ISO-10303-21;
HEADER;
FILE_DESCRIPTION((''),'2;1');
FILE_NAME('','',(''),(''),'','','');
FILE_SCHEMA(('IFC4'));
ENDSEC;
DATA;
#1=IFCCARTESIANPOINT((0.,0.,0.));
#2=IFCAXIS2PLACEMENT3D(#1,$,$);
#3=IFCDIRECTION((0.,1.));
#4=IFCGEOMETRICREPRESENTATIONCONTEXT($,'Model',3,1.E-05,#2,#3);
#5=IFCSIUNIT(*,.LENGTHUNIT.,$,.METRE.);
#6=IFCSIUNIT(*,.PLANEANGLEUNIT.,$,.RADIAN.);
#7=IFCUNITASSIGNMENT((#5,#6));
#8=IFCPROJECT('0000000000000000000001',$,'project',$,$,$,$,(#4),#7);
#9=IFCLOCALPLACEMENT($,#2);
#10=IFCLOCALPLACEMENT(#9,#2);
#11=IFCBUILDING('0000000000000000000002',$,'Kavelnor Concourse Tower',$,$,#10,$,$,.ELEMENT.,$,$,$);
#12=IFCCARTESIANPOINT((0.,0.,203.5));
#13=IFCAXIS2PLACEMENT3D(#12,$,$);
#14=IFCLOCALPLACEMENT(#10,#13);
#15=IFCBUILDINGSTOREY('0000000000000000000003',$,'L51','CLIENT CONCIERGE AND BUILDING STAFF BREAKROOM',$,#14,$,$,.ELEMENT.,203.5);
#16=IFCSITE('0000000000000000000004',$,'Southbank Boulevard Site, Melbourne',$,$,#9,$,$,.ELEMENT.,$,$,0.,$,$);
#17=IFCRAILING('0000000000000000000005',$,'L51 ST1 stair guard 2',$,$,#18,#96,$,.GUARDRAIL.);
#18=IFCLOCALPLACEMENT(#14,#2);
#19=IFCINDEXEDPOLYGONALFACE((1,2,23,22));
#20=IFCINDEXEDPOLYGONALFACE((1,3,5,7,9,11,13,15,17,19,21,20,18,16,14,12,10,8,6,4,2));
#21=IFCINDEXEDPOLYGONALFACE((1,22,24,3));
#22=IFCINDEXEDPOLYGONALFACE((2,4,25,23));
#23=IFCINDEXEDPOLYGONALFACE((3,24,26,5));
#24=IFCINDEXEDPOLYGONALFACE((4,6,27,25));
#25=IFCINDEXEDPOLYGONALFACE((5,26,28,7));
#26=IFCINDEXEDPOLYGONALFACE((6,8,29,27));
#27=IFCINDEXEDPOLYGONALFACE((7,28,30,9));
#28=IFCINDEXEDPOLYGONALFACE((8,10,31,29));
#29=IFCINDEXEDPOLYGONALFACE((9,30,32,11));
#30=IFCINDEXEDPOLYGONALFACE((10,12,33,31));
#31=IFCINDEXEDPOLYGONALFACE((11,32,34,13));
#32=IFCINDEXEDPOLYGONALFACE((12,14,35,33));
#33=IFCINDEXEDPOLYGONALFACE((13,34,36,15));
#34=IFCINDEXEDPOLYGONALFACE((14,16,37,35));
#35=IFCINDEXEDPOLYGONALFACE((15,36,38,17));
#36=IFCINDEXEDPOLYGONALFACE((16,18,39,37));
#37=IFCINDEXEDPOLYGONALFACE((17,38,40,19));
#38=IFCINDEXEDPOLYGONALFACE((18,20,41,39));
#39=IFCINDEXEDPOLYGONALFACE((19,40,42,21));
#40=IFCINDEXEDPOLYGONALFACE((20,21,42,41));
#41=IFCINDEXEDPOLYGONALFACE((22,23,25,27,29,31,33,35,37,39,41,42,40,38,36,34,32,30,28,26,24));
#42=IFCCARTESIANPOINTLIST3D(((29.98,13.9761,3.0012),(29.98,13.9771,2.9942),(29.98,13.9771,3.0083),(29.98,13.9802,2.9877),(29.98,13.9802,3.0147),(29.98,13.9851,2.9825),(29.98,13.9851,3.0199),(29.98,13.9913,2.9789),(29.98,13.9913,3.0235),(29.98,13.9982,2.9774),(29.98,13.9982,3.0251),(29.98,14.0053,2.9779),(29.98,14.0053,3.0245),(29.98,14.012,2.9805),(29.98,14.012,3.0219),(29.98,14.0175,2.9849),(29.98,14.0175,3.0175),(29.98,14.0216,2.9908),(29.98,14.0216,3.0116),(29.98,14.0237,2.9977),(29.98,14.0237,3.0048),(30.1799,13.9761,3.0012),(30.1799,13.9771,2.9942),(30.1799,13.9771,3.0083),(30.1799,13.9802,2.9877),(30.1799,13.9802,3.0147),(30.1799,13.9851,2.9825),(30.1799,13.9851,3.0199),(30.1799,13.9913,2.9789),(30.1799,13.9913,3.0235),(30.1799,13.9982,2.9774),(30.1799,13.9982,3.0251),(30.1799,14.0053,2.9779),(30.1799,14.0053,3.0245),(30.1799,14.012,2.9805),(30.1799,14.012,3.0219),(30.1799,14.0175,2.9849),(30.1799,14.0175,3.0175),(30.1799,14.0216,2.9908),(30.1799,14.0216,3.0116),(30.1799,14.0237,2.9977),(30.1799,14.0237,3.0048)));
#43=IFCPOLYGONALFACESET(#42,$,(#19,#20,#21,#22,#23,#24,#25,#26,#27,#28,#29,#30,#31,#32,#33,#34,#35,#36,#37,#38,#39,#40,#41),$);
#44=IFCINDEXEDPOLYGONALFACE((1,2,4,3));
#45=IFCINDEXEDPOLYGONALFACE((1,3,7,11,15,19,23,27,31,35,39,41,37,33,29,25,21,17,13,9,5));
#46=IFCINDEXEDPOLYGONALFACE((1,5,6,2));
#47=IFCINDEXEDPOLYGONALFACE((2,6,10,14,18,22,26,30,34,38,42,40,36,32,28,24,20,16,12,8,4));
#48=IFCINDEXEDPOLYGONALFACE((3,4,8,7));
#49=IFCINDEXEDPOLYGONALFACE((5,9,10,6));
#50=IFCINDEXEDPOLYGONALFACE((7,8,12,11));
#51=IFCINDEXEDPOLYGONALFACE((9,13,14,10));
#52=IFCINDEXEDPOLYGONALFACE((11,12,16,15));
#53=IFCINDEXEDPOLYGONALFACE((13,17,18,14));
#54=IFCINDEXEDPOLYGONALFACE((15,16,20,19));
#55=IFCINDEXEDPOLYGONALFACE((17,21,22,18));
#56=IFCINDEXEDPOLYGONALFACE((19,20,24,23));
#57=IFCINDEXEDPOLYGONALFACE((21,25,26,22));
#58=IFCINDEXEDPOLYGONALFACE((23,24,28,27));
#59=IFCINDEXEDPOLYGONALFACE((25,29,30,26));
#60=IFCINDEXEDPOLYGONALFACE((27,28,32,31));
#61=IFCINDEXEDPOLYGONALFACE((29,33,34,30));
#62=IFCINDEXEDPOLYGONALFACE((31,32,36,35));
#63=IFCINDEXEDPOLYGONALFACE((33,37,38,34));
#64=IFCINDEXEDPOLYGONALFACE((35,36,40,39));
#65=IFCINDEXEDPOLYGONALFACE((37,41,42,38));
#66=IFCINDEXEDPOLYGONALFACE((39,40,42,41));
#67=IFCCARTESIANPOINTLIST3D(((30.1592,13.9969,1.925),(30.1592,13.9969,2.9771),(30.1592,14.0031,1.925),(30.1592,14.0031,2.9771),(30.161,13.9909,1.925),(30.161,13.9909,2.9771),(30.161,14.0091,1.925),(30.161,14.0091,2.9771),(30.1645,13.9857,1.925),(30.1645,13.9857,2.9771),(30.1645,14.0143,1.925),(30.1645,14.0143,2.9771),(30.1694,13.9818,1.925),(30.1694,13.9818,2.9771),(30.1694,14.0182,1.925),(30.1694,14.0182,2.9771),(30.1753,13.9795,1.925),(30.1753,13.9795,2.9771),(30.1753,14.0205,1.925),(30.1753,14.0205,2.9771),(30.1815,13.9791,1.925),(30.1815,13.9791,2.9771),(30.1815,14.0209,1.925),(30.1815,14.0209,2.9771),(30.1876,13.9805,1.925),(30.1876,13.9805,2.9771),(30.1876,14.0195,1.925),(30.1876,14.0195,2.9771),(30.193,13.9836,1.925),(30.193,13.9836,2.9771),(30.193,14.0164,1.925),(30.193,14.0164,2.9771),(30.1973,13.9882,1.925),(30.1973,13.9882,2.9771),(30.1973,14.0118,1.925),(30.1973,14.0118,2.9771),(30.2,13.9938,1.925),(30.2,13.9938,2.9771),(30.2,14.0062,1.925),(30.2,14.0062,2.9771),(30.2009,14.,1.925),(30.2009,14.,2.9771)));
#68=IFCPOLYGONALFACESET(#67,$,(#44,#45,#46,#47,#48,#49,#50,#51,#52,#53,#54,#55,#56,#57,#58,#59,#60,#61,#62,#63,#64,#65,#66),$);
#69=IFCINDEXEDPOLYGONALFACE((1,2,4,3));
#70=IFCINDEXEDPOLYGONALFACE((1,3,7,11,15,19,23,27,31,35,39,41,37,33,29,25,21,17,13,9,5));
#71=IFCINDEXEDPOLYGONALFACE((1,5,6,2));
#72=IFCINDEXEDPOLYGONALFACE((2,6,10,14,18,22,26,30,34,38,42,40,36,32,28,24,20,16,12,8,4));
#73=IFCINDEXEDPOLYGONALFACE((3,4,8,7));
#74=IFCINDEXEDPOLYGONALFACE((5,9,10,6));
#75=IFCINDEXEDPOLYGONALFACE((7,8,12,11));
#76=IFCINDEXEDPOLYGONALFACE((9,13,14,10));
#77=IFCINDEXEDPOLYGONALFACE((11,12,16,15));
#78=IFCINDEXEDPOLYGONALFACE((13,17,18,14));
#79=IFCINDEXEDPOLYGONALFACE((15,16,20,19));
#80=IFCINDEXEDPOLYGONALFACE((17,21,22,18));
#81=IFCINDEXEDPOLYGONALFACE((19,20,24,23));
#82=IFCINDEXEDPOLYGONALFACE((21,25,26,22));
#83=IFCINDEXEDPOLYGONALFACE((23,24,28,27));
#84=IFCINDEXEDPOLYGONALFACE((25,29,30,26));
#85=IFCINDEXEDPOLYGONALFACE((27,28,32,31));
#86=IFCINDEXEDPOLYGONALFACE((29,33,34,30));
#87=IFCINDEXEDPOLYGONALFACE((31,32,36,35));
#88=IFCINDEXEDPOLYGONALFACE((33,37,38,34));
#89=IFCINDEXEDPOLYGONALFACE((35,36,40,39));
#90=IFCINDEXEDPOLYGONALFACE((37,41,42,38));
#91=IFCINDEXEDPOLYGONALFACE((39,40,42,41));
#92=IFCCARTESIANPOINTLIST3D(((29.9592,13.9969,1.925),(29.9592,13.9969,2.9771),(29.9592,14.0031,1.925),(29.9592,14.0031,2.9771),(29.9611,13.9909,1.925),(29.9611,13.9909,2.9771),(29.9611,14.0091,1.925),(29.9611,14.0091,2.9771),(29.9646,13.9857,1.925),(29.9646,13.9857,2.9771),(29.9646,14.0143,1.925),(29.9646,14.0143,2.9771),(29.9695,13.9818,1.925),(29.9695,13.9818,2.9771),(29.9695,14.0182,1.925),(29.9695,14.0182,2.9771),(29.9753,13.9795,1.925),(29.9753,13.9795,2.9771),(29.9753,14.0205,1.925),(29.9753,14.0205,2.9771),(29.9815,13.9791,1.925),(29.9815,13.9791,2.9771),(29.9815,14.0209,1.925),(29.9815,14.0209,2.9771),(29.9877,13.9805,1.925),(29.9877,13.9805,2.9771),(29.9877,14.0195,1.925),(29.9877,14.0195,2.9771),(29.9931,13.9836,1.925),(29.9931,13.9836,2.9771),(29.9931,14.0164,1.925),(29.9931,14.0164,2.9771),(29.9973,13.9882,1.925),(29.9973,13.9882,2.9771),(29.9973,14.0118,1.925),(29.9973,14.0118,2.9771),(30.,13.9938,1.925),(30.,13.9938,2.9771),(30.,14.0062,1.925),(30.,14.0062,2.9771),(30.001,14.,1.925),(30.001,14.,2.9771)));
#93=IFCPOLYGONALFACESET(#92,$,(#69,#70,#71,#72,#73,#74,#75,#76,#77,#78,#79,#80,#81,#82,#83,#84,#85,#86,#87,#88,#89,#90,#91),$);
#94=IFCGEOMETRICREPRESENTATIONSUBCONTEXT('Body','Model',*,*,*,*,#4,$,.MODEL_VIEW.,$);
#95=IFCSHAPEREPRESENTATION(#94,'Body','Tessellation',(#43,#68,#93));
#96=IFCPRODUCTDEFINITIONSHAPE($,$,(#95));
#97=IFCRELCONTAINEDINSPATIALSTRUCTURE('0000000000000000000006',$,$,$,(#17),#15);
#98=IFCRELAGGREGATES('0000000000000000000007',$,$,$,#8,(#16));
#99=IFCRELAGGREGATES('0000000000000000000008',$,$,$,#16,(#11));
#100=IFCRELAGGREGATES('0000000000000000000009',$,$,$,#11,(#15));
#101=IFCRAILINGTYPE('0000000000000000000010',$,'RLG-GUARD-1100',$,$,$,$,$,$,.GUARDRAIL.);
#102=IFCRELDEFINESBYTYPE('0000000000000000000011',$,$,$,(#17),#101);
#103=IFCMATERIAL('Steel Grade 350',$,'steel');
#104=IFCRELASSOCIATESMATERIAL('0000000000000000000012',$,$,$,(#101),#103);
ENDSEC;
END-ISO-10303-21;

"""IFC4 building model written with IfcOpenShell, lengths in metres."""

from ifc_helpers import new_model, si_unit, direction, frame, origin, origin_2d, place, context, subcontext, project, spatial, circle, extrude, material, type_object, element, save


model = new_model("IFC4")

# Units and contexts
model_context = context("Model", 3, precision=1e-05, world=origin(), true_north=direction((0.0, 1.0)))
body_context = subcontext(model_context, "Body", "Model", "MODEL_VIEW")
ifc_project = project(units=[si_unit("LENGTHUNIT", "METRE"), si_unit("PLANEANGLEUNIT", "RADIAN")], contexts=[model_context])

# Site, building, storey
site_placement = place(None, origin())
site = spatial("IfcSite", under=ifc_project, at=site_placement, Name="Southbank Boulevard Site, Melbourne", CompositionType="ELEMENT", RefElevation=0.0)
building_placement = place(site_placement, origin())
building = spatial("IfcBuilding", under=site, at=building_placement, Name="Kavelnor Concourse Tower", CompositionType="ELEMENT")
storey_placement = place(building_placement, frame((0.0, 0.0, 203.5)))
storey = spatial("IfcBuildingStorey", under=building, at=storey_placement, Name="L51", Description="CLIENT CONCIERGE AND BUILDING STAFF BREAKROOM", CompositionType="ELEMENT", Elevation=203.5)

# Shared definitions
ifc_material_1 = material(Name="Steel Grade 350", Category="steel")

# Railing
railing_type_1 = type_object("IfcRailingType", Name="RLG-GUARD-1100", PredefinedType="GUARDRAIL", material=ifc_material_1)
railing_1_placement = place(storey_placement, frame((30.1799, 14.0, 1.925)))
element("IfcRailing", 1, at=railing_1_placement, inside=storey, type_object=railing_type_1, Name="L51 ST1 stair guard 2", PredefinedType="GUARDRAIL", context=body_context, shape_type="SweptSolid", body=[
    extrude(circle(Radius=0.0239, at=origin_2d()), frame((0.0, 0.0, 1.0762), z_axis=(-1.0, 0.0, 0.0), x_axis=(0.0, -1.0, 0.0)), (0.0, 0.0, 1.0), 0.2),
    extrude(circle(Radius=0.021, at=origin_2d()), origin(), (0.0, 0.0, 1.0), 1.052),
    extrude(circle(Radius=0.021, at=origin_2d()), frame((-0.2, 0.0, 0.0)), (0.0, 0.0, 1.0), 1.052),
])

save(model, "model.ifc")
